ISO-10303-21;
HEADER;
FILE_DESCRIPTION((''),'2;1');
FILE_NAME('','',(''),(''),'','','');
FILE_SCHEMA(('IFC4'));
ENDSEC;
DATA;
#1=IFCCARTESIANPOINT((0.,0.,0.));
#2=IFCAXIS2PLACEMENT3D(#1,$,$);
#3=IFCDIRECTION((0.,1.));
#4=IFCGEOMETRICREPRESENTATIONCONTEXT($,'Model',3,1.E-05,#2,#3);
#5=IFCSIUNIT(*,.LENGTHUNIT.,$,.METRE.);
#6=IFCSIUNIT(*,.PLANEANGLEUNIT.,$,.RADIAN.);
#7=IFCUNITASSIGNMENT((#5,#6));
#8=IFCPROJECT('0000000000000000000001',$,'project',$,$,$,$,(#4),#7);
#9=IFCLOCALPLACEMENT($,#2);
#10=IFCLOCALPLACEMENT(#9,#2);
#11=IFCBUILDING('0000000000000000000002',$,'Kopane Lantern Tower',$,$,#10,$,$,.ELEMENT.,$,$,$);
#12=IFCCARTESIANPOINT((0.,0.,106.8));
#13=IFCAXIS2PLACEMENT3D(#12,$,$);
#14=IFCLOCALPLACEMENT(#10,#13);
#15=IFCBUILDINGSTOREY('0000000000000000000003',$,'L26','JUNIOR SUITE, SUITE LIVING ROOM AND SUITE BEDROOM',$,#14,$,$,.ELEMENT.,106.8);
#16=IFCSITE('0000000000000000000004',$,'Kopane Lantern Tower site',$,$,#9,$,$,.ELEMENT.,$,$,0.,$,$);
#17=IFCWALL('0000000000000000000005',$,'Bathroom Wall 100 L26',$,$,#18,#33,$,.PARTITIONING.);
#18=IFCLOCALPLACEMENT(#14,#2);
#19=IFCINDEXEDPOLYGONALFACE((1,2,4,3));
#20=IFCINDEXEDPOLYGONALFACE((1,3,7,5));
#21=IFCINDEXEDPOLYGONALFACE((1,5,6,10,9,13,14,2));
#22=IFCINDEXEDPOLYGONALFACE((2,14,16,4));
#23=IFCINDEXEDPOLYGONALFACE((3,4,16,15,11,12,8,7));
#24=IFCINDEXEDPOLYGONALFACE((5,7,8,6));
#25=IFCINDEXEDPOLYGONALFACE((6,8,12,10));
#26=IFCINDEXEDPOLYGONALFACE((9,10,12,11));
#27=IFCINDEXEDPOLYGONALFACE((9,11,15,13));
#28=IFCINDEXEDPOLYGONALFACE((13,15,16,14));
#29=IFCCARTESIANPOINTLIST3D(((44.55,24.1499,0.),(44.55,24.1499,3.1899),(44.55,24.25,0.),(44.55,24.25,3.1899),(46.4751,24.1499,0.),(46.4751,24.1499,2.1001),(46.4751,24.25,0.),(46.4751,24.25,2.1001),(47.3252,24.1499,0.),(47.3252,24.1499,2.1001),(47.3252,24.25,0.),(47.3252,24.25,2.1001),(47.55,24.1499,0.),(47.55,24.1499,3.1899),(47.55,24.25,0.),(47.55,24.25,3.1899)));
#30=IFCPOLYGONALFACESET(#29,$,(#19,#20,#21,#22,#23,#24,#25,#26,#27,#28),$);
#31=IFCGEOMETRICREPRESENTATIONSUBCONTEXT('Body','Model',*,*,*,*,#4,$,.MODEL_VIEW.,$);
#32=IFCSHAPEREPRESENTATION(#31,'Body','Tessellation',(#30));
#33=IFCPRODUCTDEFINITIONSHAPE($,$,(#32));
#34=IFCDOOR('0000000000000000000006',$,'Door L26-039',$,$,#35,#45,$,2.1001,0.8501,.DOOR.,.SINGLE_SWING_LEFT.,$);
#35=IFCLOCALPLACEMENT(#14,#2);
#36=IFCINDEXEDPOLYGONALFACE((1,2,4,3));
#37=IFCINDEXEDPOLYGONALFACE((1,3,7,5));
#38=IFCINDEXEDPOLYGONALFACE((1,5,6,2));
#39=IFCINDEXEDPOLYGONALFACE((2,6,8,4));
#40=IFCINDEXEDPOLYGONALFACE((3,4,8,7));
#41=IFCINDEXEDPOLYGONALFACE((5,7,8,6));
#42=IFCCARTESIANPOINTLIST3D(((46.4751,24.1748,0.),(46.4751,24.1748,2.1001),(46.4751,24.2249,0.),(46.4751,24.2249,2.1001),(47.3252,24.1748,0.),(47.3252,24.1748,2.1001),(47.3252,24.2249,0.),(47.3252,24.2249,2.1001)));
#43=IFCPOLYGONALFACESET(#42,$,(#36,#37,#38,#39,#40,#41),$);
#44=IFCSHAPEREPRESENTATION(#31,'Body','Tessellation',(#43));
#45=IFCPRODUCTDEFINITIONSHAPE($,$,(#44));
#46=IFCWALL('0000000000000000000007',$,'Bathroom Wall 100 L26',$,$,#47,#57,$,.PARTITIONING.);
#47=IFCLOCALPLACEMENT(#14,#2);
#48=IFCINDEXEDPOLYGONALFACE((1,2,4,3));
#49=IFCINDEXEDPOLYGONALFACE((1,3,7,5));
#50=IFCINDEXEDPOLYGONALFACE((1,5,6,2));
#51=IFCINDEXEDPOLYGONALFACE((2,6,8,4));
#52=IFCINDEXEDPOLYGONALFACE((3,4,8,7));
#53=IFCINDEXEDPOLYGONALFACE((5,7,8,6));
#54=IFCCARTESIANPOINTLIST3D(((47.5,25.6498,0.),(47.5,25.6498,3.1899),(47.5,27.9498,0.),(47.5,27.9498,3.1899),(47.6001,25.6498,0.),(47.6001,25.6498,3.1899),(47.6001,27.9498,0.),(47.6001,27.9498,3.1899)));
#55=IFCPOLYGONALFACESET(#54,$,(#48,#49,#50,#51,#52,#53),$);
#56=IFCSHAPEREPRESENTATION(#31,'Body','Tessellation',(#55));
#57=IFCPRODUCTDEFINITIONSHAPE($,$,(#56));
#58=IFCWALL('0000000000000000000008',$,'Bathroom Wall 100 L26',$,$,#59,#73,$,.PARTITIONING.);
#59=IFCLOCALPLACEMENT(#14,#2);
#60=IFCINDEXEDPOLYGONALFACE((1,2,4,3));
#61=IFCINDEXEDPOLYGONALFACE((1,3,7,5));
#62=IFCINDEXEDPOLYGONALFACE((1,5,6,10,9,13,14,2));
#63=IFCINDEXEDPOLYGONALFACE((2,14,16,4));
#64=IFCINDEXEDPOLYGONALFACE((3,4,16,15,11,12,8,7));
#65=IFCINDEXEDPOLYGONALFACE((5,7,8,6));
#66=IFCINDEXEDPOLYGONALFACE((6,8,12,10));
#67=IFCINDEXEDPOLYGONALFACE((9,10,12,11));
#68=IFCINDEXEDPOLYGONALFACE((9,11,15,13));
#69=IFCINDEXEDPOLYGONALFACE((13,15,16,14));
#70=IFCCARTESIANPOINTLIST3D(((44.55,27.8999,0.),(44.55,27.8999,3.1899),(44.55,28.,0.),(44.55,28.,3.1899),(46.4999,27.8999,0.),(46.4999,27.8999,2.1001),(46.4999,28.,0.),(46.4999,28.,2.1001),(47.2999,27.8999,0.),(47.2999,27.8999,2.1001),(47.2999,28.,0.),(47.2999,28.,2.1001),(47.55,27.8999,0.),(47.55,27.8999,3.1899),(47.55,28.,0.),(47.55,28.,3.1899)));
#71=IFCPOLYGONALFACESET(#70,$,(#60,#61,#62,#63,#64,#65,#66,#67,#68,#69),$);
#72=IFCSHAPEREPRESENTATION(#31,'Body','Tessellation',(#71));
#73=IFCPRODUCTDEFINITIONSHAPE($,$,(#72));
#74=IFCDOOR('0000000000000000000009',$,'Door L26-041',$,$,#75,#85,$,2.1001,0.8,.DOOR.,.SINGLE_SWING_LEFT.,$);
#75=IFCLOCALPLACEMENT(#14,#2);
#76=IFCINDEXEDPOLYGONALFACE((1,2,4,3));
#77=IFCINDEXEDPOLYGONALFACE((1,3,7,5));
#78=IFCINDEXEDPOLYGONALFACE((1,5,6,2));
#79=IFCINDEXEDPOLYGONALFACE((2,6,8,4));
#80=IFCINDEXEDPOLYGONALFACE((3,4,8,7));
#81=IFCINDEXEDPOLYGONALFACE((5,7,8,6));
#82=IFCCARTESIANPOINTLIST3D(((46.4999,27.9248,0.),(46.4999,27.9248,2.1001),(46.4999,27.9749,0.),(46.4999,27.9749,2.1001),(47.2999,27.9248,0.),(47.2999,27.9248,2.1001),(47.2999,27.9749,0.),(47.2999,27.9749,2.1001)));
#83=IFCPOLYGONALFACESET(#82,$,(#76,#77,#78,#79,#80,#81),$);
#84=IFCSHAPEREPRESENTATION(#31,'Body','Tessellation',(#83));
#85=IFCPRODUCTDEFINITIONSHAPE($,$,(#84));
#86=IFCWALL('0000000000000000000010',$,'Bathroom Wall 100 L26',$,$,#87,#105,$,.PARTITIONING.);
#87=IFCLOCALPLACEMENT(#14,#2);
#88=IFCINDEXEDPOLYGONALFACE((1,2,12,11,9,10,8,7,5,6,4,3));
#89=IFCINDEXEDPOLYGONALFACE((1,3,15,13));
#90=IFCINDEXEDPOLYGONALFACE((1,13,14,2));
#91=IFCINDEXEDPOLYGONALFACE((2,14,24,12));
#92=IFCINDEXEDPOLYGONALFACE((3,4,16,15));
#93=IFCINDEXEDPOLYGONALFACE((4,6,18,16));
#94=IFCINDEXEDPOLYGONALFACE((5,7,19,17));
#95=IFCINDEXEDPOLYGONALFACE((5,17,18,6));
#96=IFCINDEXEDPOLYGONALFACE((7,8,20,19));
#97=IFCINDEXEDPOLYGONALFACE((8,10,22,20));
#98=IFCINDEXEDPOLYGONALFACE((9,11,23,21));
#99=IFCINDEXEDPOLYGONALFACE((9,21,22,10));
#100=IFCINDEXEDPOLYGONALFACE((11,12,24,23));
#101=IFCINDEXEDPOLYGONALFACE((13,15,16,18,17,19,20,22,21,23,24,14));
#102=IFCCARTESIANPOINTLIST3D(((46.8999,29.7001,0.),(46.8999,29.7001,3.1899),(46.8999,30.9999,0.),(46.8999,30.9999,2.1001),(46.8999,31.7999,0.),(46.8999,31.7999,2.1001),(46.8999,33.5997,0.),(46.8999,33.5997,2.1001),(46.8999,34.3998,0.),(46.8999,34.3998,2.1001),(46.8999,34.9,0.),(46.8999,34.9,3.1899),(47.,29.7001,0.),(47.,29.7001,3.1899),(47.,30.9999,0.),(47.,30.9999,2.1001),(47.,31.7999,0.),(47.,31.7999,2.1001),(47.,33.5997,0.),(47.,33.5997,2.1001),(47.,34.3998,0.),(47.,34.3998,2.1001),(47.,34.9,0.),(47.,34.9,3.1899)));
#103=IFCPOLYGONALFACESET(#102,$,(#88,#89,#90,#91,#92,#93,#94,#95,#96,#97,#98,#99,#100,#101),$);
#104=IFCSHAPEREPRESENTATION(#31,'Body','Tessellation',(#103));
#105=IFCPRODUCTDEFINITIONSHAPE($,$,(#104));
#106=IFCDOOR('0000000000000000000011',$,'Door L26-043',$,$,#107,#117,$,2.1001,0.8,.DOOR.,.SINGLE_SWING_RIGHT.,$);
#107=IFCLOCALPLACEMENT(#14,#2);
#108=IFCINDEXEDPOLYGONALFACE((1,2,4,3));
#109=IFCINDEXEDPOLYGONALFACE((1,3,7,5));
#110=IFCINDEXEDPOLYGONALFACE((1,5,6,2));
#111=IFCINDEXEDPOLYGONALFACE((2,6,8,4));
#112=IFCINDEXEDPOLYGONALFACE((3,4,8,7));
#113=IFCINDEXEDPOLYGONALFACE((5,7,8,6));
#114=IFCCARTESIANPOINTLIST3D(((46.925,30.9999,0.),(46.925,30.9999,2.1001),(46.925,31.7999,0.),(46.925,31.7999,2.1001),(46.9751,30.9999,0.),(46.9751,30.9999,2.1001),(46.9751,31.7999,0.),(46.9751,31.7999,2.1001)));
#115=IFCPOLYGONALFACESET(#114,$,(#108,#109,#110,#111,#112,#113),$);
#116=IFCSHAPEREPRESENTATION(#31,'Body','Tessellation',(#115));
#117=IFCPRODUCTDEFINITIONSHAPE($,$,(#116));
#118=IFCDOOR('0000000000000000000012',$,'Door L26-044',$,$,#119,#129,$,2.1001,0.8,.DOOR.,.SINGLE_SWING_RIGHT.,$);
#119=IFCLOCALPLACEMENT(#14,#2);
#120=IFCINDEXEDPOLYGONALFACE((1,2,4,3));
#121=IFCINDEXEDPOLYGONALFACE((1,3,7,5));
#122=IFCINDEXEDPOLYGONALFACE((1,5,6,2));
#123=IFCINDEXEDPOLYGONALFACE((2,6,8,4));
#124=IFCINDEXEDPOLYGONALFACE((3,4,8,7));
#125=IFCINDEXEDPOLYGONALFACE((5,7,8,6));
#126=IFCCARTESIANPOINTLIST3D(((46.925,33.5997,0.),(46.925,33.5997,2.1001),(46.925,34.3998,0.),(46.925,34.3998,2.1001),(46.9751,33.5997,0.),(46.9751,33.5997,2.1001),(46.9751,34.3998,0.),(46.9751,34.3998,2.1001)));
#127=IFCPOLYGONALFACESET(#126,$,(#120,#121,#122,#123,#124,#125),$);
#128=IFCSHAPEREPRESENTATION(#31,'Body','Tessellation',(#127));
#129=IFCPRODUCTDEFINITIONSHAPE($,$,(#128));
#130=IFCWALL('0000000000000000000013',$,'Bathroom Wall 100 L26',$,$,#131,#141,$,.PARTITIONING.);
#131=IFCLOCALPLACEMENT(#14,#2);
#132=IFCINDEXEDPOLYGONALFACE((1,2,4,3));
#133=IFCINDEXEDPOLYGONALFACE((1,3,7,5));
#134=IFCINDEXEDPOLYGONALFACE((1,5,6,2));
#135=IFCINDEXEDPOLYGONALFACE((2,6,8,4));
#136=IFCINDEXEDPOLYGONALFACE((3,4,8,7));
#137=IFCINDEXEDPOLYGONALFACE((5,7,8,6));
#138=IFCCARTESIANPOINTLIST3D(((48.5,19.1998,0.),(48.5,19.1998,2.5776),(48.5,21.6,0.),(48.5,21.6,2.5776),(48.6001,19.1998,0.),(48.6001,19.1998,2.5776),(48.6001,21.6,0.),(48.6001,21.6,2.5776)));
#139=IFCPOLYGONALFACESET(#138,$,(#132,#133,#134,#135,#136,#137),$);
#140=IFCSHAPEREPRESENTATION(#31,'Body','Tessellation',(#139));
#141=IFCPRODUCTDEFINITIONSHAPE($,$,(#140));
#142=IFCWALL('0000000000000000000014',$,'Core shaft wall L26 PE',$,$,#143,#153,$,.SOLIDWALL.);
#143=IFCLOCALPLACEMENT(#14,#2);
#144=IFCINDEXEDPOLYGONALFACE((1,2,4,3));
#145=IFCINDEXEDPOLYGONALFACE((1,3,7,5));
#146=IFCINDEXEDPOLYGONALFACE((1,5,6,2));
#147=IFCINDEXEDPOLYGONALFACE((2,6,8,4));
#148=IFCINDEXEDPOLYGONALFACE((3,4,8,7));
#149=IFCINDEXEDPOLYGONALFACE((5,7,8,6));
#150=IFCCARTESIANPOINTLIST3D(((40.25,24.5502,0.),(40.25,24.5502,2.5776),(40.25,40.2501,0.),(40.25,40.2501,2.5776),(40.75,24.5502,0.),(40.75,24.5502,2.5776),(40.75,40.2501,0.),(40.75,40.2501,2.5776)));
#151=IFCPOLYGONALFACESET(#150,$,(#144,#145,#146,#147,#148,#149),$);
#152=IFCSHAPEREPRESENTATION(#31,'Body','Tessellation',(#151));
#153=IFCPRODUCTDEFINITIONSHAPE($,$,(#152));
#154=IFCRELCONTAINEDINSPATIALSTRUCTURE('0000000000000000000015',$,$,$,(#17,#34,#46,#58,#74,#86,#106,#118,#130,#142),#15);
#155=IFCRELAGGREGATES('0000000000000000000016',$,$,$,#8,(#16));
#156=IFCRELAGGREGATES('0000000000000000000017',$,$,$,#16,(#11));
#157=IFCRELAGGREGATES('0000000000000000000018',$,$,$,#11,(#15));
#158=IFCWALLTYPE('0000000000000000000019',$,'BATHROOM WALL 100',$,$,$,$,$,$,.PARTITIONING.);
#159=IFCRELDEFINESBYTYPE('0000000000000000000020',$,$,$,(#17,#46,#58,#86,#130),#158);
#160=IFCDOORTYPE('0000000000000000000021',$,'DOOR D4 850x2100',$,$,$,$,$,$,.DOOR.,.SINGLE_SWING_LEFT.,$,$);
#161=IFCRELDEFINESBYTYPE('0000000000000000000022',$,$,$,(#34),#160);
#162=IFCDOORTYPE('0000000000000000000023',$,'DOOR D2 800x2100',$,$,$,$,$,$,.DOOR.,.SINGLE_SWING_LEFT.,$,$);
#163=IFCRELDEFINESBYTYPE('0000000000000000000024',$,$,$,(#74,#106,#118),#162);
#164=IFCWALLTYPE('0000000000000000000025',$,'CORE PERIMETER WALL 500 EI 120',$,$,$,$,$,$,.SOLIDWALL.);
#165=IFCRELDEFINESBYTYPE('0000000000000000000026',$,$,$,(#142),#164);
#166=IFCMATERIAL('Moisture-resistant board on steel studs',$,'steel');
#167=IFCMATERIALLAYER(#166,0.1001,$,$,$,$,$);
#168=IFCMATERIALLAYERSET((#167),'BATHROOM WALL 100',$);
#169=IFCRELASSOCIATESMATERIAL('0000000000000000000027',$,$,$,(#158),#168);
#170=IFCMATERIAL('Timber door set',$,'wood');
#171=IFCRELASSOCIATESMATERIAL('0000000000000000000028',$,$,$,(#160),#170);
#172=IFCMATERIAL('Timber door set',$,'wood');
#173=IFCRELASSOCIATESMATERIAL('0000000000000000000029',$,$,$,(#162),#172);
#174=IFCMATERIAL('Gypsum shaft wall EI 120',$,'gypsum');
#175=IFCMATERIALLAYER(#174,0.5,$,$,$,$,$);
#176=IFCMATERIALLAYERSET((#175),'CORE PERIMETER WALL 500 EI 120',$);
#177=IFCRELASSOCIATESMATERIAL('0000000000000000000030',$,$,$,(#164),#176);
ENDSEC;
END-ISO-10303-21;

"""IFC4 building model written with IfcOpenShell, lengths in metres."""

from ifc_helpers import new_model, si_unit, direction, frame, frame_2d, origin, place, context, subcontext, project, spatial, rectangle, extrude, material, layer, layer_set, type_object, element, fill, save


model = new_model("IFC4")

# Units and contexts
model_context = context("Model", 3, precision=1e-05, world=origin(), true_north=direction((0.0, 1.0)))
body_context = subcontext(model_context, "Body", "Model", "MODEL_VIEW")
ifc_project = project(units=[si_unit("LENGTHUNIT", "METRE"), si_unit("PLANEANGLEUNIT", "RADIAN")], contexts=[model_context])

# Site, building, storey
site_placement = place(None, origin())
site = spatial("IfcSite", under=ifc_project, at=site_placement, Name="Kopane Lantern Tower site", CompositionType="ELEMENT", RefElevation=0.0)
building_placement = place(site_placement, origin())
building = spatial("IfcBuilding", under=site, at=building_placement, Name="Kopane Lantern Tower", CompositionType="ELEMENT")
storey_placement = place(building_placement, frame((0.0, 0.0, 106.8)))
storey = spatial("IfcBuildingStorey", under=building, at=storey_placement, Name="L26", Description="JUNIOR SUITE, SUITE LIVING ROOM AND SUITE BEDROOM", CompositionType="ELEMENT", Elevation=106.8)

# Shared definitions
ifc_material_1 = material(Name="Moisture-resistant board on steel studs", Category="steel")
ifc_layer_1 = layer(ifc_material_1, 0.1001)
ifc_layer_set_1 = layer_set([ifc_layer_1], Name="BATHROOM WALL 100")
wall_type_1 = type_object("IfcWallType", Name="BATHROOM WALL 100", PredefinedType="PARTITIONING", material=ifc_layer_set_1)

# Wall, opening, door
wall_1_placement = place(storey_placement, frame((44.55, 24.2, 0.0), z_axis=(0.0, 0.0, 1.0), x_axis=(1.0, 0.0, 0.0)))
wall_1 = element("IfcWall", 1, at=wall_1_placement, inside=storey, type_object=wall_type_1, Name="Bathroom Wall 100 L26", PredefinedType="PARTITIONING", context=body_context, shape_type="SweptSolid", body=[
    extrude(rectangle(XDim=3.0, YDim=0.1001, at=frame_2d((1.5, 0.0))), origin(), (0.0, 0.0, 1.0), 3.1899),
])
opening_1_placement = place(wall_1_placement, frame((1.925, 0.0, 0.0)))
opening_1 = element("IfcOpeningElement", 2, at=opening_1_placement, cuts=wall_1, PredefinedType="OPENING", context=body_context, shape_type="SweptSolid", body=[
    extrude(rectangle(XDim=0.8501, YDim=2.1001, at=frame_2d((0.425, 1.05))), frame((0.0, 0.0601, 0.0), z_axis=(0.0, -1.0, 0.0), x_axis=(1.0, 0.0, 0.0)), (0.0, 0.0, 1.0), 0.1201),
])
ifc_material_2 = material(Name="Timber door set", Category="wood")
door_type_1 = type_object("IfcDoorType", Name="DOOR D4 850x2100", OperationType="SINGLE_SWING_LEFT", PredefinedType="DOOR", material=ifc_material_2)
door_1_placement = place(opening_1_placement, origin())
door_1 = element("IfcDoor", 3, at=door_1_placement, inside=storey, type_object=door_type_1, Name="Door L26-039", OperationType="SINGLE_SWING_LEFT", OverallHeight=2.1001, OverallWidth=0.8501, PredefinedType="DOOR", context=body_context, shape_type="SweptSolid", body=[
    extrude(rectangle(XDim=0.8501, YDim=2.1001, at=frame_2d((0.425, 1.05))), frame((0.0, 0.0249, 0.0), z_axis=(0.0, -1.0, 0.0), x_axis=(1.0, 0.0, 0.0)), (0.0, 0.0, 1.0), 0.05),
])
fill(opening_1, door_1)

# Wall
wall_2_placement = place(storey_placement, frame((47.55, 25.6499, 0.0), z_axis=(0.0, 0.0, 1.0), x_axis=(0.0, 1.0, 0.0)))
element("IfcWall", 4, at=wall_2_placement, inside=storey, type_object=wall_type_1, Name="Bathroom Wall 100 L26", PredefinedType="PARTITIONING", context=body_context, shape_type="SweptSolid", body=[
    extrude(rectangle(XDim=2.3, YDim=0.1001, at=frame_2d((1.1499, 0.0))), origin(), (0.0, 0.0, 1.0), 3.1899),
])

# Wall, opening, door
wall_3_placement = place(storey_placement, frame((44.55, 27.95, 0.0), z_axis=(0.0, 0.0, 1.0), x_axis=(1.0, 0.0, 0.0)))
wall_3 = element("IfcWall", 5, at=wall_3_placement, inside=storey, type_object=wall_type_1, Name="Bathroom Wall 100 L26", PredefinedType="PARTITIONING", context=body_context, shape_type="SweptSolid", body=[
    extrude(rectangle(XDim=3.0, YDim=0.1001, at=frame_2d((1.5, 0.0))), origin(), (0.0, 0.0, 1.0), 3.1899),
])
opening_2_placement = place(wall_3_placement, frame((1.95, 0.0, 0.0)))
opening_2 = element("IfcOpeningElement", 6, at=opening_2_placement, cuts=wall_3, PredefinedType="OPENING", context=body_context, shape_type="SweptSolid", body=[
    extrude(rectangle(XDim=0.8, YDim=2.1001, at=frame_2d((0.3999, 1.05))), frame((0.0, 0.0601, 0.0), z_axis=(0.0, -1.0, 0.0), x_axis=(1.0, 0.0, 0.0)), (0.0, 0.0, 1.0), 0.1201),
])
ifc_material_3 = material(Name="Timber door set", Category="wood")
door_type_2 = type_object("IfcDoorType", Name="DOOR D2 800x2100", OperationType="SINGLE_SWING_LEFT", PredefinedType="DOOR", material=ifc_material_3)
door_2_placement = place(opening_2_placement, origin())
door_2 = element("IfcDoor", 7, at=door_2_placement, inside=storey, type_object=door_type_2, Name="Door L26-041", OperationType="SINGLE_SWING_LEFT", OverallHeight=2.1001, OverallWidth=0.8, PredefinedType="DOOR", context=body_context, shape_type="SweptSolid", body=[
    extrude(rectangle(XDim=0.8, YDim=2.1001, at=frame_2d((0.3999, 1.05))), frame((0.0, 0.0249, 0.0), z_axis=(0.0, -1.0, 0.0), x_axis=(1.0, 0.0, 0.0)), (0.0, 0.0, 1.0), 0.05),
])
fill(opening_2, door_2)

# Wall, openings, doors
wall_4_placement = place(storey_placement, frame((46.95, 29.7, 0.0), z_axis=(0.0, 0.0, 1.0), x_axis=(0.0, 1.0, 0.0)))
wall_4 = element("IfcWall", 8, at=wall_4_placement, inside=storey, type_object=wall_type_1, Name="Bathroom Wall 100 L26", PredefinedType="PARTITIONING", context=body_context, shape_type="SweptSolid", body=[
    extrude(rectangle(XDim=5.2, YDim=0.1001, at=frame_2d((2.6001, 0.0))), origin(), (0.0, 0.0, 1.0), 3.1899),
])
opening_3_placement = place(wall_4_placement, frame((1.3, 0.0, 0.0)))
opening_3 = element("IfcOpeningElement", 9, at=opening_3_placement, cuts=wall_4, PredefinedType="OPENING", context=body_context, shape_type="SweptSolid", body=[
    extrude(rectangle(XDim=0.8, YDim=2.1001, at=frame_2d((0.3999, 1.05))), frame((0.0, 0.0601, 0.0), z_axis=(0.0, -1.0, 0.0), x_axis=(1.0, 0.0, 0.0)), (0.0, 0.0, 1.0), 0.1201),
])
opening_4_placement = place(wall_4_placement, frame((3.8999, 0.0, 0.0)))
opening_4 = element("IfcOpeningElement", 10, at=opening_4_placement, cuts=wall_4, PredefinedType="OPENING", context=body_context, shape_type="SweptSolid", body=[
    extrude(rectangle(XDim=0.8, YDim=2.1001, at=frame_2d((0.3999, 1.05))), frame((0.0, 0.0601, 0.0), z_axis=(0.0, -1.0, 0.0), x_axis=(1.0, 0.0, 0.0)), (0.0, 0.0, 1.0), 0.1201),
])
door_3_placement = place(opening_3_placement, origin())
door_3 = element("IfcDoor", 11, at=door_3_placement, inside=storey, type_object=door_type_2, Name="Door L26-043", OperationType="SINGLE_SWING_RIGHT", OverallHeight=2.1001, OverallWidth=0.8, PredefinedType="DOOR", context=body_context, shape_type="SweptSolid", body=[
    extrude(rectangle(XDim=0.8, YDim=2.1001, at=frame_2d((0.3999, 1.05))), frame((0.0, 0.0249, 0.0), z_axis=(0.0, -1.0, 0.0), x_axis=(1.0, 0.0, 0.0)), (0.0, 0.0, 1.0), 0.05),
])
fill(opening_3, door_3)
door_4_placement = place(opening_4_placement, origin())
door_4 = element("IfcDoor", 12, at=door_4_placement, inside=storey, type_object=door_type_2, Name="Door L26-044", OperationType="SINGLE_SWING_RIGHT", OverallHeight=2.1001, OverallWidth=0.8, PredefinedType="DOOR", context=body_context, shape_type="SweptSolid", body=[
    extrude(rectangle(XDim=0.8, YDim=2.1001, at=frame_2d((0.3999, 1.05))), frame((0.0, 0.0249, 0.0), z_axis=(0.0, -1.0, 0.0), x_axis=(1.0, 0.0, 0.0)), (0.0, 0.0, 1.0), 0.05),
])
fill(opening_4, door_4)

# Walls
wall_5_placement = place(storey_placement, frame((48.55, 21.6001, 0.0), z_axis=(0.0, 0.0, 1.0), x_axis=(0.0, -1.0, 0.0)))
element("IfcWall", 13, at=wall_5_placement, inside=storey, type_object=wall_type_1, Name="Bathroom Wall 100 L26", PredefinedType="PARTITIONING", context=body_context, shape_type="SweptSolid", body=[
    extrude(rectangle(XDim=2.4001, YDim=0.1001, at=frame_2d((1.2002, 0.0))), origin(), (0.0, 0.0, 1.0), 2.5776),
])
ifc_material_4 = material(Name="Gypsum shaft wall EI 120", Category="gypsum")
ifc_layer_2 = layer(ifc_material_4, 0.5)
ifc_layer_set_2 = layer_set([ifc_layer_2], Name="CORE PERIMETER WALL 500 EI 120")
wall_type_2 = type_object("IfcWallType", Name="CORE PERIMETER WALL 500 EI 120", PredefinedType="SOLIDWALL", material=ifc_layer_set_2)
wall_6_placement = place(storey_placement, frame((40.5, 24.55, 0.0), z_axis=(0.0, 0.0, 1.0), x_axis=(0.0, 1.0, 0.0)))
element("IfcWall", 14, at=wall_6_placement, inside=storey, type_object=wall_type_2, Name="Core shaft wall L26 PE", PredefinedType="SOLIDWALL", context=body_context, shape_type="SweptSolid", body=[
    extrude(rectangle(XDim=15.7, YDim=0.5, at=frame_2d((7.8501, 0.0))), origin(), (0.0, 0.0, 1.0), 2.5776),
])

save(model, "model.ifc")
